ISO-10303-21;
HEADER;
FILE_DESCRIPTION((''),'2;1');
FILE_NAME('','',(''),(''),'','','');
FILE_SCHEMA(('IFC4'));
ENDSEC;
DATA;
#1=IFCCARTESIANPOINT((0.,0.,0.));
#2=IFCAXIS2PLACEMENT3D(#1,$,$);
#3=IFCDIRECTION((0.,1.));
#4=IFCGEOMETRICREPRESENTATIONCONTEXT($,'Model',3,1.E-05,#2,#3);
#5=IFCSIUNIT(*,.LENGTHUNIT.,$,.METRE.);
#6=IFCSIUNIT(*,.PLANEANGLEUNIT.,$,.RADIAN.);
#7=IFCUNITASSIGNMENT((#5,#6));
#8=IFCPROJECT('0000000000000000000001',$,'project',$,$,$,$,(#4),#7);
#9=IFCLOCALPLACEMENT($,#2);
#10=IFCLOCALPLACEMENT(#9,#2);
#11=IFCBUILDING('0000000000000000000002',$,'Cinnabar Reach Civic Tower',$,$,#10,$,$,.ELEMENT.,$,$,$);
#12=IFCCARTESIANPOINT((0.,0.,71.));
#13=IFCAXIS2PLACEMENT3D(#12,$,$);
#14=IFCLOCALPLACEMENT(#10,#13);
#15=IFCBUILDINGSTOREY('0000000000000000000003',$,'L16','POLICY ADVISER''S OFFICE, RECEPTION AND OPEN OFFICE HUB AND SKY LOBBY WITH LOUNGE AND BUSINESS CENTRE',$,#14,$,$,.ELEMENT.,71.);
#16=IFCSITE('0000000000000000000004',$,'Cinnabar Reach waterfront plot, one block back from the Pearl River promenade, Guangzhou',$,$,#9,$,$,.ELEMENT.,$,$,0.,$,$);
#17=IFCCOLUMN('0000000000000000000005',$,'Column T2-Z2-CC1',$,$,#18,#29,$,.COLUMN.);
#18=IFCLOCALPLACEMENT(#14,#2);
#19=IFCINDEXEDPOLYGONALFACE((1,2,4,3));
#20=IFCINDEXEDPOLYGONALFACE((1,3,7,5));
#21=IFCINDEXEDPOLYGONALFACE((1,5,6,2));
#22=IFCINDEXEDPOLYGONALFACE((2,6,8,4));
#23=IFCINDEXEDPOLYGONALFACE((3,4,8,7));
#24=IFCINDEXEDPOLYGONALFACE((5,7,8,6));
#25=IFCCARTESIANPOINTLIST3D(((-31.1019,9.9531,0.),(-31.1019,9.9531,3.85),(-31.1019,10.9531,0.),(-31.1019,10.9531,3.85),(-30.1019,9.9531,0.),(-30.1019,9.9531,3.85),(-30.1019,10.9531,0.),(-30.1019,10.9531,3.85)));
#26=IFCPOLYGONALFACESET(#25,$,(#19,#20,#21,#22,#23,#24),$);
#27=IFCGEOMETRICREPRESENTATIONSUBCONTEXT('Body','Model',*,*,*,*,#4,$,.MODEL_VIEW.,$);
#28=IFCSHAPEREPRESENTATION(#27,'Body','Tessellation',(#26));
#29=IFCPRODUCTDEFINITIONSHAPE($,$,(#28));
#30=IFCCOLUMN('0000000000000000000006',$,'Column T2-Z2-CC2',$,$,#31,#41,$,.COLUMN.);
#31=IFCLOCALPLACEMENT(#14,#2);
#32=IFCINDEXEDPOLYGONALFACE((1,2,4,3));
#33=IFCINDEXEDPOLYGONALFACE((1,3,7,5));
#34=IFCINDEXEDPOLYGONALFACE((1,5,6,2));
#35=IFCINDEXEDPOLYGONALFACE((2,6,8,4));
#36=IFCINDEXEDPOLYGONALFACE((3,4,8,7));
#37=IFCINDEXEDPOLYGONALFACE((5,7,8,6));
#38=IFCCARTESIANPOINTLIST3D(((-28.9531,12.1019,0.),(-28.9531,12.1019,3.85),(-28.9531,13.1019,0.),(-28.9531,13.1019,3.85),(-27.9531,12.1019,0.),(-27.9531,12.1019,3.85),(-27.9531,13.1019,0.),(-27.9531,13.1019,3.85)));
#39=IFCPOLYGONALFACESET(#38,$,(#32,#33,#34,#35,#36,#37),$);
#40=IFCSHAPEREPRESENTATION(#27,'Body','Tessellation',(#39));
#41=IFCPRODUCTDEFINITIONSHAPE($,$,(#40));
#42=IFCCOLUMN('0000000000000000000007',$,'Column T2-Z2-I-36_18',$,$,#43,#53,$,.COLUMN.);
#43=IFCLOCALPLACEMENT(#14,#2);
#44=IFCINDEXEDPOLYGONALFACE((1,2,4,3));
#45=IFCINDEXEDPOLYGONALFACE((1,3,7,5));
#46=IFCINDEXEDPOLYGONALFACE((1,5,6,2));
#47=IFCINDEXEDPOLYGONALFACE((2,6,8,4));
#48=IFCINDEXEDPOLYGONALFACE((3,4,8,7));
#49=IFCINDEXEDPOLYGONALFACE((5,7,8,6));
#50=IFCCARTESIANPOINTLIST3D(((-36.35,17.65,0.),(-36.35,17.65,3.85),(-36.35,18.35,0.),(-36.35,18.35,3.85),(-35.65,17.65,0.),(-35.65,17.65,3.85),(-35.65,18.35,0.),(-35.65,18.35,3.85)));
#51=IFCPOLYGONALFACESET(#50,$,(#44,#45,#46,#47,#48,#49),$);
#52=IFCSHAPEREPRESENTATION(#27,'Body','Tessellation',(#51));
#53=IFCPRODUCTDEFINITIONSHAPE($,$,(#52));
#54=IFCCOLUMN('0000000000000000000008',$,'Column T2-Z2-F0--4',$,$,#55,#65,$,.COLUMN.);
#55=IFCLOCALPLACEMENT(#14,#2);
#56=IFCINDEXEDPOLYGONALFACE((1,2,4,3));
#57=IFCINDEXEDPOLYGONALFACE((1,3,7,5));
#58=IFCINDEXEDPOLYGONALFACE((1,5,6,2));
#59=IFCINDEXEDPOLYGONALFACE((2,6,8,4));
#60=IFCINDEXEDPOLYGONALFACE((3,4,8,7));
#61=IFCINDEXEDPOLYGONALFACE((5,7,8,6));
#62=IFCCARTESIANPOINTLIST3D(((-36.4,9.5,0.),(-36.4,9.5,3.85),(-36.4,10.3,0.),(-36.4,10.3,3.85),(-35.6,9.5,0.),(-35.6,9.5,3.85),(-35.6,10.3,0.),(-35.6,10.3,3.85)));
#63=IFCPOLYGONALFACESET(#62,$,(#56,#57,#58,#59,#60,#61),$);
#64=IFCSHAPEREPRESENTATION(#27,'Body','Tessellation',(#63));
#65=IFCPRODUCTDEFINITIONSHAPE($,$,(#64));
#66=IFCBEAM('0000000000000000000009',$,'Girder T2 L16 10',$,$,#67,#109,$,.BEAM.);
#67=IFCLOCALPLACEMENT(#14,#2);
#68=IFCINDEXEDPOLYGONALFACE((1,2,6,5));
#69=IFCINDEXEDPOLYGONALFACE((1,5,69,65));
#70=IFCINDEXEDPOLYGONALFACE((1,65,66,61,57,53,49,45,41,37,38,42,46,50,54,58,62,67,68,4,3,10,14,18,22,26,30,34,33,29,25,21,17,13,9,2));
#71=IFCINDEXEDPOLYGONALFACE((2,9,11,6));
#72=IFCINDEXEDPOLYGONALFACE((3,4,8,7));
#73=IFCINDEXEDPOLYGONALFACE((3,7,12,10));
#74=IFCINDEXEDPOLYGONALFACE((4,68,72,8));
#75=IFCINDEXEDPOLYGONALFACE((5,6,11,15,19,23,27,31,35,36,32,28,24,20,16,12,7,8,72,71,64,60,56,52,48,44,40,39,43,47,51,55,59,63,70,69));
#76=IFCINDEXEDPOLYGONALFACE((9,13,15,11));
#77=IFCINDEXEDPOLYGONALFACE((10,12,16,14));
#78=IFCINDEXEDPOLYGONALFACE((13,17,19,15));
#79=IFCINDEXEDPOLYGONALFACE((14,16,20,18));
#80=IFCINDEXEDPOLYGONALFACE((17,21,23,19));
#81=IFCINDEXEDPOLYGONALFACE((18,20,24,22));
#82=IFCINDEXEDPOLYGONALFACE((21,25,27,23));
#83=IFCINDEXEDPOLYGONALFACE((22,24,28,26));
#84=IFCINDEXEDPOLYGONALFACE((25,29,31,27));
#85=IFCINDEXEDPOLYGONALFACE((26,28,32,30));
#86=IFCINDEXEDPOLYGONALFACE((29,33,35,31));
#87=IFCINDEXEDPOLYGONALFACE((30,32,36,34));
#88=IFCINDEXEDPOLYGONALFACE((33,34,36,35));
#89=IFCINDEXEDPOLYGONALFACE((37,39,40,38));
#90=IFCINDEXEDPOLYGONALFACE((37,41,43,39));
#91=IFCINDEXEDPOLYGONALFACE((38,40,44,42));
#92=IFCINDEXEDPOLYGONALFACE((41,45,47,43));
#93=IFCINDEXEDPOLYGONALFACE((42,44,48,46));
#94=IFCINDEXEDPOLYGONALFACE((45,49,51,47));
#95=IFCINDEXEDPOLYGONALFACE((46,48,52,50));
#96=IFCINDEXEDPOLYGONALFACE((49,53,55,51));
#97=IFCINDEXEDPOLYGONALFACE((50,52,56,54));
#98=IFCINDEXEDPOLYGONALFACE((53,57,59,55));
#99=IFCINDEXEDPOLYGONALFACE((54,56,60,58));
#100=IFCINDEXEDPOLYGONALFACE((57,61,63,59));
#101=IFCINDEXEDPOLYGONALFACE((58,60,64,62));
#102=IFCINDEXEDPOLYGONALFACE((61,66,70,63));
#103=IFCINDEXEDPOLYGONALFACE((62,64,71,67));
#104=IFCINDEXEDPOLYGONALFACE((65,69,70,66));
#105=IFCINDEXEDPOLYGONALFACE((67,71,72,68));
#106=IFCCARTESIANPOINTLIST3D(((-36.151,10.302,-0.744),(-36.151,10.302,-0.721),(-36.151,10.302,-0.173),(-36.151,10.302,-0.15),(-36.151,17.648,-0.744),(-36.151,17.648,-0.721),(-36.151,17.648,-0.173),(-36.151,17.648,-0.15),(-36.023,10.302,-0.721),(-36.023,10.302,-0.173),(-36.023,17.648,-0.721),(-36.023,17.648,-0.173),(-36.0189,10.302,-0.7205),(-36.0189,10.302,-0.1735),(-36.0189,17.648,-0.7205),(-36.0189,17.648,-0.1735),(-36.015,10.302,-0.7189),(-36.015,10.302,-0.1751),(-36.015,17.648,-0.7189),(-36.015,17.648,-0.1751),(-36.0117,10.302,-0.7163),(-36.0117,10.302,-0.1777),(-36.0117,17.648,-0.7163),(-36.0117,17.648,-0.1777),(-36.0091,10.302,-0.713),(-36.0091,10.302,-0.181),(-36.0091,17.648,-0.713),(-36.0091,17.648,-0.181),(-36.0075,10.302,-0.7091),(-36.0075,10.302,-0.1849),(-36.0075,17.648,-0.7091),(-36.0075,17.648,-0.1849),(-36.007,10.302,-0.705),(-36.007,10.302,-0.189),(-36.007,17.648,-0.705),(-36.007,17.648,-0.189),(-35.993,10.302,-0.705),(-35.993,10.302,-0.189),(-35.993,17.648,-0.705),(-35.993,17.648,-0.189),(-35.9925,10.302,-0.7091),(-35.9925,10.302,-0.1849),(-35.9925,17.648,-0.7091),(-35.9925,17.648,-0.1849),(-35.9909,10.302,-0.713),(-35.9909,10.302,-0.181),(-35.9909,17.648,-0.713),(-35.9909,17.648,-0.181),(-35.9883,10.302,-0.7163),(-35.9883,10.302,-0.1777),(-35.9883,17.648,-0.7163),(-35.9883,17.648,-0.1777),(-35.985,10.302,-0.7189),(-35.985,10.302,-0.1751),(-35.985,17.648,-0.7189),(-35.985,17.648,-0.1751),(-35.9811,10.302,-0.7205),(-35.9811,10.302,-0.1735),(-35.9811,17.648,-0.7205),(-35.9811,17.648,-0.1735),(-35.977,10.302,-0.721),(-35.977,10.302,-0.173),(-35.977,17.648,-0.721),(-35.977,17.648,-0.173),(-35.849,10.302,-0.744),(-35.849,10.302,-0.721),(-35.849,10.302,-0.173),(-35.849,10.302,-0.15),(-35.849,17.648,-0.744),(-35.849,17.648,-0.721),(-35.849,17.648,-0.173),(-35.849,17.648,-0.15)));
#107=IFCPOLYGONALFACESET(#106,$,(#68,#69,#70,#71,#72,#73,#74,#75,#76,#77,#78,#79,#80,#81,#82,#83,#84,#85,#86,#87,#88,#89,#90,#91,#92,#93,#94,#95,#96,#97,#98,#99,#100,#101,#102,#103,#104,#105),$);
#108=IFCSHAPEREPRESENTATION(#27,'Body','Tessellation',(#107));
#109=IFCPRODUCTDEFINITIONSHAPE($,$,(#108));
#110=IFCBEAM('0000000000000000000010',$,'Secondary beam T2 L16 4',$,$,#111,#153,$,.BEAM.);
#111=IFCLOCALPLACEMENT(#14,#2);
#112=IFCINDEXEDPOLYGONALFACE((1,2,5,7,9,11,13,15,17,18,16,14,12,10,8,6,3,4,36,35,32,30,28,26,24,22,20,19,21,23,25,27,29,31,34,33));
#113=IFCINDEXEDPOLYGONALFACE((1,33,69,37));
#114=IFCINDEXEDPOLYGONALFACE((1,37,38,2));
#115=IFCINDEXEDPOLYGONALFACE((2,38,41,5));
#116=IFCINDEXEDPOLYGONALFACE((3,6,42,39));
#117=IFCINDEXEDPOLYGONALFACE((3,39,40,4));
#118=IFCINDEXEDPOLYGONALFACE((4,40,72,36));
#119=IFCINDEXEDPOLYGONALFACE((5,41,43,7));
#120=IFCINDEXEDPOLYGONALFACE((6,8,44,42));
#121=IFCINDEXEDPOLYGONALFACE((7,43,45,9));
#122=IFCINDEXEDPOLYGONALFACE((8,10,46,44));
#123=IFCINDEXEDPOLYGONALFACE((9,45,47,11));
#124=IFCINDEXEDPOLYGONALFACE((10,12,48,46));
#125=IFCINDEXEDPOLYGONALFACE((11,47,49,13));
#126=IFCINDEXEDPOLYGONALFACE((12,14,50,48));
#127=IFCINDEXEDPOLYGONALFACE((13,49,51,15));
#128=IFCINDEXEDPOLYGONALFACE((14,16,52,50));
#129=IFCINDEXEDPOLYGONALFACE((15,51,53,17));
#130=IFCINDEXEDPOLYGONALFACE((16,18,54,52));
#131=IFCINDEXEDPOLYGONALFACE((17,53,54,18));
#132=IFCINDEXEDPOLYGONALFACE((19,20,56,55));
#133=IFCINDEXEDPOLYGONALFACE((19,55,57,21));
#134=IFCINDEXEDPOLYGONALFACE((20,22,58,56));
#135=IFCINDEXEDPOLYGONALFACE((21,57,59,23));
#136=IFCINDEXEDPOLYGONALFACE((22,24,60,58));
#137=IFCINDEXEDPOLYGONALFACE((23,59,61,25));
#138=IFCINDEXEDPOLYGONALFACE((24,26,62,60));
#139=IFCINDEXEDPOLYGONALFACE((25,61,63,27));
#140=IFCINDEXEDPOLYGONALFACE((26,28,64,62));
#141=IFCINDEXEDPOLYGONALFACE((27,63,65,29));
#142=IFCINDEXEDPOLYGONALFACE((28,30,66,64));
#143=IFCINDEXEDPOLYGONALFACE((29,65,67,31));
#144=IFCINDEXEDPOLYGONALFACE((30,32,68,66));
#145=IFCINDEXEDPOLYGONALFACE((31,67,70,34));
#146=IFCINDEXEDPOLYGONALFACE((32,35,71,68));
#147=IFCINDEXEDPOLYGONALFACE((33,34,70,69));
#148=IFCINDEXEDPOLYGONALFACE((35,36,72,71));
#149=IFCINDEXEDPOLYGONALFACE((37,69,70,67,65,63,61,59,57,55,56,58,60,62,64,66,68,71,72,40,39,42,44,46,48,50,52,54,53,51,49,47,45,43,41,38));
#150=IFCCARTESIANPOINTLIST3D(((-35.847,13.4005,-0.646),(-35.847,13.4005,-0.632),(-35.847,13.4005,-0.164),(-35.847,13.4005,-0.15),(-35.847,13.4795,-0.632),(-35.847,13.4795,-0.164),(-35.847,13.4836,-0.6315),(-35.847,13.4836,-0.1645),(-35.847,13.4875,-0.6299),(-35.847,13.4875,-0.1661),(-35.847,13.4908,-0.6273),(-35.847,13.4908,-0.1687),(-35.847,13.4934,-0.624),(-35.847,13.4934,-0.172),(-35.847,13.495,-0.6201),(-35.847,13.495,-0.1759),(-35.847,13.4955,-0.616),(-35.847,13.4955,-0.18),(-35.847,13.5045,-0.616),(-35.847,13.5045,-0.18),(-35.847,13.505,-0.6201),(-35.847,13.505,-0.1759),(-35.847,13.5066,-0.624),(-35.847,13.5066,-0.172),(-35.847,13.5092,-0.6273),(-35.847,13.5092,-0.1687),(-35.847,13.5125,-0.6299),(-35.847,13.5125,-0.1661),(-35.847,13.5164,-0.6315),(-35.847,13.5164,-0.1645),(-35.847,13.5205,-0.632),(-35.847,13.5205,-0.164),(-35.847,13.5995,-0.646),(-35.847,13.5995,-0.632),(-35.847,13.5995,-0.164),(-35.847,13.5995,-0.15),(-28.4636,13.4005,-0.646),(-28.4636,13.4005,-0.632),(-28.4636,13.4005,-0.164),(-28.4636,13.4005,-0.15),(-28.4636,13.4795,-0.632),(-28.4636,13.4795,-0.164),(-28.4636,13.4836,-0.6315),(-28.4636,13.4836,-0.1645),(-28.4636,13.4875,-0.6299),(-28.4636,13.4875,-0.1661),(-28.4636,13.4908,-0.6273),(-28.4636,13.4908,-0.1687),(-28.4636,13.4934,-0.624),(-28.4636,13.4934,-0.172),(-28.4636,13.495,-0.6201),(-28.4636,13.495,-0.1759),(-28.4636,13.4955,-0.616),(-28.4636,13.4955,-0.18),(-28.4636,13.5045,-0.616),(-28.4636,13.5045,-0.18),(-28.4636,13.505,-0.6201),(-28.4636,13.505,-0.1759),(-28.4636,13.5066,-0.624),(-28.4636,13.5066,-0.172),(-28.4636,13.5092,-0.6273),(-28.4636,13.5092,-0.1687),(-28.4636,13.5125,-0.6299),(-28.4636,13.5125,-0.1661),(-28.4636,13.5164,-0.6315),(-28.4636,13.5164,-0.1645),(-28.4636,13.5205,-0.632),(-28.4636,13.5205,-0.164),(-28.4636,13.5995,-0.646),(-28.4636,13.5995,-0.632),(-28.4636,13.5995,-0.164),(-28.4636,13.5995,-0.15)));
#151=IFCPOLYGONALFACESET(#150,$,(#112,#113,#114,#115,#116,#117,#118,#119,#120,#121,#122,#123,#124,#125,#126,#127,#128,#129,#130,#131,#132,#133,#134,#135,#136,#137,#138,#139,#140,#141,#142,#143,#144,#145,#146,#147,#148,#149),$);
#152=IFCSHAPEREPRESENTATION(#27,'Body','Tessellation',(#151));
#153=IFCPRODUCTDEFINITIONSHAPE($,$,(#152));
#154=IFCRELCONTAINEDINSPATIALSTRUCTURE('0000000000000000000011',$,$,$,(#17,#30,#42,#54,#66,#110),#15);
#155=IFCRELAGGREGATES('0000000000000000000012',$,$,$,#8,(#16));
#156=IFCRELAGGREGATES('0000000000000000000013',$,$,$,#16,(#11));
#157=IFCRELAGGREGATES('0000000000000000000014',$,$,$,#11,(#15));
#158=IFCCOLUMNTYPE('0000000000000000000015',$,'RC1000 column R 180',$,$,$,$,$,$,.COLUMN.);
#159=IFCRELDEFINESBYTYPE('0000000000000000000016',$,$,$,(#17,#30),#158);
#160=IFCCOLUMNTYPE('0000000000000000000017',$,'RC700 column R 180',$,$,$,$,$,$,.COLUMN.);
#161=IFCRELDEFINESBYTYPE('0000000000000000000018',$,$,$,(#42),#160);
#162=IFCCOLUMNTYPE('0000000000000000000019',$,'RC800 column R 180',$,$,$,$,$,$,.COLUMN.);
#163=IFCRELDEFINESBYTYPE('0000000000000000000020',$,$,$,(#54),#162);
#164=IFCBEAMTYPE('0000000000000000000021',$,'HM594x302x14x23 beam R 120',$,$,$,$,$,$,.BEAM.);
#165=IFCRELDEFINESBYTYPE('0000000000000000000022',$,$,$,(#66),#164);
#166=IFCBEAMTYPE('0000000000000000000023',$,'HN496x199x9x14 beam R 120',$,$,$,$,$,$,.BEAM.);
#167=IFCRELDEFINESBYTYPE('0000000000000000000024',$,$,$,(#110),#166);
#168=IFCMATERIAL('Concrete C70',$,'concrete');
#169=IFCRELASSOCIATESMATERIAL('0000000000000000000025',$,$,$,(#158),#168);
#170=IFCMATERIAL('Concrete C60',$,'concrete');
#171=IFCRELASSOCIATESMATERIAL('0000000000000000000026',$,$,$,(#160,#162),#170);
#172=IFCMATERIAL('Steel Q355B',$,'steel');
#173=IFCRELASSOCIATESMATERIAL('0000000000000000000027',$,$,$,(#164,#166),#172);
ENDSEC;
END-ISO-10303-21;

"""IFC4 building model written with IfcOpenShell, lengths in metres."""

from ifc_helpers import new_model, si_unit, direction, frame, origin, origin_2d, place, context, subcontext, project, spatial, rectangle, i_section, extrude, material, material_profile, profile_set, type_object, element, save


model = new_model("IFC4")

# Units and contexts
model_context = context("Model", 3, precision=1e-05, world=origin(), true_north=direction((0.0, 1.0)))
body_context = subcontext(model_context, "Body", "Model", "MODEL_VIEW")
ifc_project = project(units=[si_unit("LENGTHUNIT", "METRE"), si_unit("PLANEANGLEUNIT", "RADIAN")], contexts=[model_context])

# Site, building, storey
site_placement = place(None, origin())
site = spatial("IfcSite", under=ifc_project, at=site_placement, Name="Cinnabar Reach waterfront plot, one block back from the Pearl River promenade, Guangzhou", CompositionType="ELEMENT", RefElevation=0.0)
building_placement = place(site_placement, origin())
building = spatial("IfcBuilding", under=site, at=building_placement, Name="Cinnabar Reach Civic Tower", CompositionType="ELEMENT")
storey_placement = place(building_placement, frame((0.0, 0.0, 71.0)))
storey = spatial("IfcBuildingStorey", under=building, at=storey_placement, Name="L16", Description="POLICY ADVISER'S OFFICE, RECEPTION AND OPEN OFFICE HUB AND SKY LOBBY WITH LOUNGE AND BUSINESS CENTRE", CompositionType="ELEMENT", Elevation=71.0)

# Columns
ifc_material_1 = material(Name="Concrete C70", Category="concrete")
ifc_material_profile_1 = material_profile(ifc_material_1, rectangle(XDim=1.0, YDim=1.0, at=origin_2d()), Name="RC1000")
ifc_profile_set_1 = profile_set([ifc_material_profile_1], Name="Concrete C70")
column_type_1 = type_object("IfcColumnType", Name="RC1000 column R 180", PredefinedType="COLUMN", material=ifc_profile_set_1)
for number, where, z_axis, x_axis, name in (
    (1, (-30.6019, 10.4531, 0.0), (0.0, 0.0, 1.0), (1.0, 0.0, 0.0), "Column T2-Z2-CC1"),
    (2, (-28.4531, 12.6019, 0.0), (0.0, 0.0, 1.0), (1.0, 0.0, 0.0), "Column T2-Z2-CC2"),
):
    element("IfcColumn", number, at=place(storey_placement, frame(where, z_axis=z_axis, x_axis=x_axis)), inside=storey, type_object=column_type_1, Name=name, PredefinedType="COLUMN", context=body_context, shape_type="SweptSolid", body=[
        extrude(rectangle(XDim=1.0, YDim=1.0, at=origin_2d()), origin(), (0.0, 0.0, 1.0), 3.85),
    ])
ifc_material_2 = material(Name="Concrete C60", Category="concrete")
ifc_material_profile_2 = material_profile(ifc_material_2, rectangle(XDim=0.7, YDim=0.7, at=origin_2d()), Name="RC700")
ifc_profile_set_2 = profile_set([ifc_material_profile_2], Name="Concrete C60")
column_type_2 = type_object("IfcColumnType", Name="RC700 column R 180", PredefinedType="COLUMN", material=ifc_profile_set_2)
column_1_placement = place(storey_placement, frame((-36.0, 18.0, 0.0), z_axis=(0.0, 0.0, 1.0), x_axis=(1.0, 0.0, 0.0)))
element("IfcColumn", 3, at=column_1_placement, inside=storey, type_object=column_type_2, Name="Column T2-Z2-I-36_18", PredefinedType="COLUMN", context=body_context, shape_type="SweptSolid", body=[
    extrude(rectangle(XDim=0.7, YDim=0.7, at=origin_2d()), origin(), (0.0, 0.0, 1.0), 3.85),
])
ifc_material_profile_3 = material_profile(ifc_material_2, rectangle(XDim=0.8, YDim=0.8, at=origin_2d()), Name="RC800")
ifc_profile_set_3 = profile_set([ifc_material_profile_3], Name="Concrete C60")
column_type_3 = type_object("IfcColumnType", Name="RC800 column R 180", PredefinedType="COLUMN", material=ifc_profile_set_3)
column_2_placement = place(storey_placement, frame((-36.0, 9.9, 0.0), z_axis=(0.0, 0.0, 1.0), x_axis=(1.0, 0.0, 0.0)))
element("IfcColumn", 4, at=column_2_placement, inside=storey, type_object=column_type_3, Name="Column T2-Z2-F0--4", PredefinedType="COLUMN", context=body_context, shape_type="SweptSolid", body=[
    extrude(rectangle(XDim=0.8, YDim=0.8, at=origin_2d()), origin(), (0.0, 0.0, 1.0), 3.85),
])

# Beams
ifc_material_3 = material(Name="Steel Q355B", Category="steel")
ifc_material_profile_4 = material_profile(ifc_material_3, i_section(OverallWidth=0.302, OverallDepth=0.594, WebThickness=0.014, FlangeThickness=0.023, FilletRadius=0.016, at=origin_2d()), Name="HM594x302x14x23")
ifc_profile_set_4 = profile_set([ifc_material_profile_4], Name="Steel Q355B")
beam_type_1 = type_object("IfcBeamType", Name="HM594x302x14x23 beam R 120", PredefinedType="BEAM", material=ifc_profile_set_4)
beam_1_placement = place(storey_placement, frame((-36.0, 10.302, -0.447), z_axis=(0.0, 1.0, 0.0), x_axis=(-1.0, 0.0, 0.0)))
element("IfcBeam", 5, at=beam_1_placement, inside=storey, type_object=beam_type_1, Name="Girder T2 L16 10", PredefinedType="BEAM", context=body_context, shape_type="SweptSolid", body=[
    extrude(i_section(OverallWidth=0.302, OverallDepth=0.594, WebThickness=0.014, FlangeThickness=0.023, FilletRadius=0.016, at=origin_2d()), origin(), (0.0, 0.0, 1.0), 7.346),
])
ifc_material_profile_5 = material_profile(ifc_material_3, i_section(OverallWidth=0.199, OverallDepth=0.496, WebThickness=0.009, FlangeThickness=0.014, FilletRadius=0.016, at=origin_2d()), Name="HN496x199x9x14")
ifc_profile_set_5 = profile_set([ifc_material_profile_5], Name="Steel Q355B")
beam_type_2 = type_object("IfcBeamType", Name="HN496x199x9x14 beam R 120", PredefinedType="BEAM", material=ifc_profile_set_5)
beam_2_placement = place(storey_placement, frame((-35.847, 13.5, -0.398), z_axis=(1.0, 0.0, 0.0), x_axis=(0.0, 1.0, 0.0)))
element("IfcBeam", 6, at=beam_2_placement, inside=storey, type_object=beam_type_2, Name="Secondary beam T2 L16 4", PredefinedType="BEAM", context=body_context, shape_type="SweptSolid", body=[
    extrude(i_section(OverallWidth=0.199, OverallDepth=0.496, WebThickness=0.009, FlangeThickness=0.014, FilletRadius=0.016, at=origin_2d()), origin(), (0.0, 0.0, 1.0), 7.3834),
])

save(model, "model.ifc")
